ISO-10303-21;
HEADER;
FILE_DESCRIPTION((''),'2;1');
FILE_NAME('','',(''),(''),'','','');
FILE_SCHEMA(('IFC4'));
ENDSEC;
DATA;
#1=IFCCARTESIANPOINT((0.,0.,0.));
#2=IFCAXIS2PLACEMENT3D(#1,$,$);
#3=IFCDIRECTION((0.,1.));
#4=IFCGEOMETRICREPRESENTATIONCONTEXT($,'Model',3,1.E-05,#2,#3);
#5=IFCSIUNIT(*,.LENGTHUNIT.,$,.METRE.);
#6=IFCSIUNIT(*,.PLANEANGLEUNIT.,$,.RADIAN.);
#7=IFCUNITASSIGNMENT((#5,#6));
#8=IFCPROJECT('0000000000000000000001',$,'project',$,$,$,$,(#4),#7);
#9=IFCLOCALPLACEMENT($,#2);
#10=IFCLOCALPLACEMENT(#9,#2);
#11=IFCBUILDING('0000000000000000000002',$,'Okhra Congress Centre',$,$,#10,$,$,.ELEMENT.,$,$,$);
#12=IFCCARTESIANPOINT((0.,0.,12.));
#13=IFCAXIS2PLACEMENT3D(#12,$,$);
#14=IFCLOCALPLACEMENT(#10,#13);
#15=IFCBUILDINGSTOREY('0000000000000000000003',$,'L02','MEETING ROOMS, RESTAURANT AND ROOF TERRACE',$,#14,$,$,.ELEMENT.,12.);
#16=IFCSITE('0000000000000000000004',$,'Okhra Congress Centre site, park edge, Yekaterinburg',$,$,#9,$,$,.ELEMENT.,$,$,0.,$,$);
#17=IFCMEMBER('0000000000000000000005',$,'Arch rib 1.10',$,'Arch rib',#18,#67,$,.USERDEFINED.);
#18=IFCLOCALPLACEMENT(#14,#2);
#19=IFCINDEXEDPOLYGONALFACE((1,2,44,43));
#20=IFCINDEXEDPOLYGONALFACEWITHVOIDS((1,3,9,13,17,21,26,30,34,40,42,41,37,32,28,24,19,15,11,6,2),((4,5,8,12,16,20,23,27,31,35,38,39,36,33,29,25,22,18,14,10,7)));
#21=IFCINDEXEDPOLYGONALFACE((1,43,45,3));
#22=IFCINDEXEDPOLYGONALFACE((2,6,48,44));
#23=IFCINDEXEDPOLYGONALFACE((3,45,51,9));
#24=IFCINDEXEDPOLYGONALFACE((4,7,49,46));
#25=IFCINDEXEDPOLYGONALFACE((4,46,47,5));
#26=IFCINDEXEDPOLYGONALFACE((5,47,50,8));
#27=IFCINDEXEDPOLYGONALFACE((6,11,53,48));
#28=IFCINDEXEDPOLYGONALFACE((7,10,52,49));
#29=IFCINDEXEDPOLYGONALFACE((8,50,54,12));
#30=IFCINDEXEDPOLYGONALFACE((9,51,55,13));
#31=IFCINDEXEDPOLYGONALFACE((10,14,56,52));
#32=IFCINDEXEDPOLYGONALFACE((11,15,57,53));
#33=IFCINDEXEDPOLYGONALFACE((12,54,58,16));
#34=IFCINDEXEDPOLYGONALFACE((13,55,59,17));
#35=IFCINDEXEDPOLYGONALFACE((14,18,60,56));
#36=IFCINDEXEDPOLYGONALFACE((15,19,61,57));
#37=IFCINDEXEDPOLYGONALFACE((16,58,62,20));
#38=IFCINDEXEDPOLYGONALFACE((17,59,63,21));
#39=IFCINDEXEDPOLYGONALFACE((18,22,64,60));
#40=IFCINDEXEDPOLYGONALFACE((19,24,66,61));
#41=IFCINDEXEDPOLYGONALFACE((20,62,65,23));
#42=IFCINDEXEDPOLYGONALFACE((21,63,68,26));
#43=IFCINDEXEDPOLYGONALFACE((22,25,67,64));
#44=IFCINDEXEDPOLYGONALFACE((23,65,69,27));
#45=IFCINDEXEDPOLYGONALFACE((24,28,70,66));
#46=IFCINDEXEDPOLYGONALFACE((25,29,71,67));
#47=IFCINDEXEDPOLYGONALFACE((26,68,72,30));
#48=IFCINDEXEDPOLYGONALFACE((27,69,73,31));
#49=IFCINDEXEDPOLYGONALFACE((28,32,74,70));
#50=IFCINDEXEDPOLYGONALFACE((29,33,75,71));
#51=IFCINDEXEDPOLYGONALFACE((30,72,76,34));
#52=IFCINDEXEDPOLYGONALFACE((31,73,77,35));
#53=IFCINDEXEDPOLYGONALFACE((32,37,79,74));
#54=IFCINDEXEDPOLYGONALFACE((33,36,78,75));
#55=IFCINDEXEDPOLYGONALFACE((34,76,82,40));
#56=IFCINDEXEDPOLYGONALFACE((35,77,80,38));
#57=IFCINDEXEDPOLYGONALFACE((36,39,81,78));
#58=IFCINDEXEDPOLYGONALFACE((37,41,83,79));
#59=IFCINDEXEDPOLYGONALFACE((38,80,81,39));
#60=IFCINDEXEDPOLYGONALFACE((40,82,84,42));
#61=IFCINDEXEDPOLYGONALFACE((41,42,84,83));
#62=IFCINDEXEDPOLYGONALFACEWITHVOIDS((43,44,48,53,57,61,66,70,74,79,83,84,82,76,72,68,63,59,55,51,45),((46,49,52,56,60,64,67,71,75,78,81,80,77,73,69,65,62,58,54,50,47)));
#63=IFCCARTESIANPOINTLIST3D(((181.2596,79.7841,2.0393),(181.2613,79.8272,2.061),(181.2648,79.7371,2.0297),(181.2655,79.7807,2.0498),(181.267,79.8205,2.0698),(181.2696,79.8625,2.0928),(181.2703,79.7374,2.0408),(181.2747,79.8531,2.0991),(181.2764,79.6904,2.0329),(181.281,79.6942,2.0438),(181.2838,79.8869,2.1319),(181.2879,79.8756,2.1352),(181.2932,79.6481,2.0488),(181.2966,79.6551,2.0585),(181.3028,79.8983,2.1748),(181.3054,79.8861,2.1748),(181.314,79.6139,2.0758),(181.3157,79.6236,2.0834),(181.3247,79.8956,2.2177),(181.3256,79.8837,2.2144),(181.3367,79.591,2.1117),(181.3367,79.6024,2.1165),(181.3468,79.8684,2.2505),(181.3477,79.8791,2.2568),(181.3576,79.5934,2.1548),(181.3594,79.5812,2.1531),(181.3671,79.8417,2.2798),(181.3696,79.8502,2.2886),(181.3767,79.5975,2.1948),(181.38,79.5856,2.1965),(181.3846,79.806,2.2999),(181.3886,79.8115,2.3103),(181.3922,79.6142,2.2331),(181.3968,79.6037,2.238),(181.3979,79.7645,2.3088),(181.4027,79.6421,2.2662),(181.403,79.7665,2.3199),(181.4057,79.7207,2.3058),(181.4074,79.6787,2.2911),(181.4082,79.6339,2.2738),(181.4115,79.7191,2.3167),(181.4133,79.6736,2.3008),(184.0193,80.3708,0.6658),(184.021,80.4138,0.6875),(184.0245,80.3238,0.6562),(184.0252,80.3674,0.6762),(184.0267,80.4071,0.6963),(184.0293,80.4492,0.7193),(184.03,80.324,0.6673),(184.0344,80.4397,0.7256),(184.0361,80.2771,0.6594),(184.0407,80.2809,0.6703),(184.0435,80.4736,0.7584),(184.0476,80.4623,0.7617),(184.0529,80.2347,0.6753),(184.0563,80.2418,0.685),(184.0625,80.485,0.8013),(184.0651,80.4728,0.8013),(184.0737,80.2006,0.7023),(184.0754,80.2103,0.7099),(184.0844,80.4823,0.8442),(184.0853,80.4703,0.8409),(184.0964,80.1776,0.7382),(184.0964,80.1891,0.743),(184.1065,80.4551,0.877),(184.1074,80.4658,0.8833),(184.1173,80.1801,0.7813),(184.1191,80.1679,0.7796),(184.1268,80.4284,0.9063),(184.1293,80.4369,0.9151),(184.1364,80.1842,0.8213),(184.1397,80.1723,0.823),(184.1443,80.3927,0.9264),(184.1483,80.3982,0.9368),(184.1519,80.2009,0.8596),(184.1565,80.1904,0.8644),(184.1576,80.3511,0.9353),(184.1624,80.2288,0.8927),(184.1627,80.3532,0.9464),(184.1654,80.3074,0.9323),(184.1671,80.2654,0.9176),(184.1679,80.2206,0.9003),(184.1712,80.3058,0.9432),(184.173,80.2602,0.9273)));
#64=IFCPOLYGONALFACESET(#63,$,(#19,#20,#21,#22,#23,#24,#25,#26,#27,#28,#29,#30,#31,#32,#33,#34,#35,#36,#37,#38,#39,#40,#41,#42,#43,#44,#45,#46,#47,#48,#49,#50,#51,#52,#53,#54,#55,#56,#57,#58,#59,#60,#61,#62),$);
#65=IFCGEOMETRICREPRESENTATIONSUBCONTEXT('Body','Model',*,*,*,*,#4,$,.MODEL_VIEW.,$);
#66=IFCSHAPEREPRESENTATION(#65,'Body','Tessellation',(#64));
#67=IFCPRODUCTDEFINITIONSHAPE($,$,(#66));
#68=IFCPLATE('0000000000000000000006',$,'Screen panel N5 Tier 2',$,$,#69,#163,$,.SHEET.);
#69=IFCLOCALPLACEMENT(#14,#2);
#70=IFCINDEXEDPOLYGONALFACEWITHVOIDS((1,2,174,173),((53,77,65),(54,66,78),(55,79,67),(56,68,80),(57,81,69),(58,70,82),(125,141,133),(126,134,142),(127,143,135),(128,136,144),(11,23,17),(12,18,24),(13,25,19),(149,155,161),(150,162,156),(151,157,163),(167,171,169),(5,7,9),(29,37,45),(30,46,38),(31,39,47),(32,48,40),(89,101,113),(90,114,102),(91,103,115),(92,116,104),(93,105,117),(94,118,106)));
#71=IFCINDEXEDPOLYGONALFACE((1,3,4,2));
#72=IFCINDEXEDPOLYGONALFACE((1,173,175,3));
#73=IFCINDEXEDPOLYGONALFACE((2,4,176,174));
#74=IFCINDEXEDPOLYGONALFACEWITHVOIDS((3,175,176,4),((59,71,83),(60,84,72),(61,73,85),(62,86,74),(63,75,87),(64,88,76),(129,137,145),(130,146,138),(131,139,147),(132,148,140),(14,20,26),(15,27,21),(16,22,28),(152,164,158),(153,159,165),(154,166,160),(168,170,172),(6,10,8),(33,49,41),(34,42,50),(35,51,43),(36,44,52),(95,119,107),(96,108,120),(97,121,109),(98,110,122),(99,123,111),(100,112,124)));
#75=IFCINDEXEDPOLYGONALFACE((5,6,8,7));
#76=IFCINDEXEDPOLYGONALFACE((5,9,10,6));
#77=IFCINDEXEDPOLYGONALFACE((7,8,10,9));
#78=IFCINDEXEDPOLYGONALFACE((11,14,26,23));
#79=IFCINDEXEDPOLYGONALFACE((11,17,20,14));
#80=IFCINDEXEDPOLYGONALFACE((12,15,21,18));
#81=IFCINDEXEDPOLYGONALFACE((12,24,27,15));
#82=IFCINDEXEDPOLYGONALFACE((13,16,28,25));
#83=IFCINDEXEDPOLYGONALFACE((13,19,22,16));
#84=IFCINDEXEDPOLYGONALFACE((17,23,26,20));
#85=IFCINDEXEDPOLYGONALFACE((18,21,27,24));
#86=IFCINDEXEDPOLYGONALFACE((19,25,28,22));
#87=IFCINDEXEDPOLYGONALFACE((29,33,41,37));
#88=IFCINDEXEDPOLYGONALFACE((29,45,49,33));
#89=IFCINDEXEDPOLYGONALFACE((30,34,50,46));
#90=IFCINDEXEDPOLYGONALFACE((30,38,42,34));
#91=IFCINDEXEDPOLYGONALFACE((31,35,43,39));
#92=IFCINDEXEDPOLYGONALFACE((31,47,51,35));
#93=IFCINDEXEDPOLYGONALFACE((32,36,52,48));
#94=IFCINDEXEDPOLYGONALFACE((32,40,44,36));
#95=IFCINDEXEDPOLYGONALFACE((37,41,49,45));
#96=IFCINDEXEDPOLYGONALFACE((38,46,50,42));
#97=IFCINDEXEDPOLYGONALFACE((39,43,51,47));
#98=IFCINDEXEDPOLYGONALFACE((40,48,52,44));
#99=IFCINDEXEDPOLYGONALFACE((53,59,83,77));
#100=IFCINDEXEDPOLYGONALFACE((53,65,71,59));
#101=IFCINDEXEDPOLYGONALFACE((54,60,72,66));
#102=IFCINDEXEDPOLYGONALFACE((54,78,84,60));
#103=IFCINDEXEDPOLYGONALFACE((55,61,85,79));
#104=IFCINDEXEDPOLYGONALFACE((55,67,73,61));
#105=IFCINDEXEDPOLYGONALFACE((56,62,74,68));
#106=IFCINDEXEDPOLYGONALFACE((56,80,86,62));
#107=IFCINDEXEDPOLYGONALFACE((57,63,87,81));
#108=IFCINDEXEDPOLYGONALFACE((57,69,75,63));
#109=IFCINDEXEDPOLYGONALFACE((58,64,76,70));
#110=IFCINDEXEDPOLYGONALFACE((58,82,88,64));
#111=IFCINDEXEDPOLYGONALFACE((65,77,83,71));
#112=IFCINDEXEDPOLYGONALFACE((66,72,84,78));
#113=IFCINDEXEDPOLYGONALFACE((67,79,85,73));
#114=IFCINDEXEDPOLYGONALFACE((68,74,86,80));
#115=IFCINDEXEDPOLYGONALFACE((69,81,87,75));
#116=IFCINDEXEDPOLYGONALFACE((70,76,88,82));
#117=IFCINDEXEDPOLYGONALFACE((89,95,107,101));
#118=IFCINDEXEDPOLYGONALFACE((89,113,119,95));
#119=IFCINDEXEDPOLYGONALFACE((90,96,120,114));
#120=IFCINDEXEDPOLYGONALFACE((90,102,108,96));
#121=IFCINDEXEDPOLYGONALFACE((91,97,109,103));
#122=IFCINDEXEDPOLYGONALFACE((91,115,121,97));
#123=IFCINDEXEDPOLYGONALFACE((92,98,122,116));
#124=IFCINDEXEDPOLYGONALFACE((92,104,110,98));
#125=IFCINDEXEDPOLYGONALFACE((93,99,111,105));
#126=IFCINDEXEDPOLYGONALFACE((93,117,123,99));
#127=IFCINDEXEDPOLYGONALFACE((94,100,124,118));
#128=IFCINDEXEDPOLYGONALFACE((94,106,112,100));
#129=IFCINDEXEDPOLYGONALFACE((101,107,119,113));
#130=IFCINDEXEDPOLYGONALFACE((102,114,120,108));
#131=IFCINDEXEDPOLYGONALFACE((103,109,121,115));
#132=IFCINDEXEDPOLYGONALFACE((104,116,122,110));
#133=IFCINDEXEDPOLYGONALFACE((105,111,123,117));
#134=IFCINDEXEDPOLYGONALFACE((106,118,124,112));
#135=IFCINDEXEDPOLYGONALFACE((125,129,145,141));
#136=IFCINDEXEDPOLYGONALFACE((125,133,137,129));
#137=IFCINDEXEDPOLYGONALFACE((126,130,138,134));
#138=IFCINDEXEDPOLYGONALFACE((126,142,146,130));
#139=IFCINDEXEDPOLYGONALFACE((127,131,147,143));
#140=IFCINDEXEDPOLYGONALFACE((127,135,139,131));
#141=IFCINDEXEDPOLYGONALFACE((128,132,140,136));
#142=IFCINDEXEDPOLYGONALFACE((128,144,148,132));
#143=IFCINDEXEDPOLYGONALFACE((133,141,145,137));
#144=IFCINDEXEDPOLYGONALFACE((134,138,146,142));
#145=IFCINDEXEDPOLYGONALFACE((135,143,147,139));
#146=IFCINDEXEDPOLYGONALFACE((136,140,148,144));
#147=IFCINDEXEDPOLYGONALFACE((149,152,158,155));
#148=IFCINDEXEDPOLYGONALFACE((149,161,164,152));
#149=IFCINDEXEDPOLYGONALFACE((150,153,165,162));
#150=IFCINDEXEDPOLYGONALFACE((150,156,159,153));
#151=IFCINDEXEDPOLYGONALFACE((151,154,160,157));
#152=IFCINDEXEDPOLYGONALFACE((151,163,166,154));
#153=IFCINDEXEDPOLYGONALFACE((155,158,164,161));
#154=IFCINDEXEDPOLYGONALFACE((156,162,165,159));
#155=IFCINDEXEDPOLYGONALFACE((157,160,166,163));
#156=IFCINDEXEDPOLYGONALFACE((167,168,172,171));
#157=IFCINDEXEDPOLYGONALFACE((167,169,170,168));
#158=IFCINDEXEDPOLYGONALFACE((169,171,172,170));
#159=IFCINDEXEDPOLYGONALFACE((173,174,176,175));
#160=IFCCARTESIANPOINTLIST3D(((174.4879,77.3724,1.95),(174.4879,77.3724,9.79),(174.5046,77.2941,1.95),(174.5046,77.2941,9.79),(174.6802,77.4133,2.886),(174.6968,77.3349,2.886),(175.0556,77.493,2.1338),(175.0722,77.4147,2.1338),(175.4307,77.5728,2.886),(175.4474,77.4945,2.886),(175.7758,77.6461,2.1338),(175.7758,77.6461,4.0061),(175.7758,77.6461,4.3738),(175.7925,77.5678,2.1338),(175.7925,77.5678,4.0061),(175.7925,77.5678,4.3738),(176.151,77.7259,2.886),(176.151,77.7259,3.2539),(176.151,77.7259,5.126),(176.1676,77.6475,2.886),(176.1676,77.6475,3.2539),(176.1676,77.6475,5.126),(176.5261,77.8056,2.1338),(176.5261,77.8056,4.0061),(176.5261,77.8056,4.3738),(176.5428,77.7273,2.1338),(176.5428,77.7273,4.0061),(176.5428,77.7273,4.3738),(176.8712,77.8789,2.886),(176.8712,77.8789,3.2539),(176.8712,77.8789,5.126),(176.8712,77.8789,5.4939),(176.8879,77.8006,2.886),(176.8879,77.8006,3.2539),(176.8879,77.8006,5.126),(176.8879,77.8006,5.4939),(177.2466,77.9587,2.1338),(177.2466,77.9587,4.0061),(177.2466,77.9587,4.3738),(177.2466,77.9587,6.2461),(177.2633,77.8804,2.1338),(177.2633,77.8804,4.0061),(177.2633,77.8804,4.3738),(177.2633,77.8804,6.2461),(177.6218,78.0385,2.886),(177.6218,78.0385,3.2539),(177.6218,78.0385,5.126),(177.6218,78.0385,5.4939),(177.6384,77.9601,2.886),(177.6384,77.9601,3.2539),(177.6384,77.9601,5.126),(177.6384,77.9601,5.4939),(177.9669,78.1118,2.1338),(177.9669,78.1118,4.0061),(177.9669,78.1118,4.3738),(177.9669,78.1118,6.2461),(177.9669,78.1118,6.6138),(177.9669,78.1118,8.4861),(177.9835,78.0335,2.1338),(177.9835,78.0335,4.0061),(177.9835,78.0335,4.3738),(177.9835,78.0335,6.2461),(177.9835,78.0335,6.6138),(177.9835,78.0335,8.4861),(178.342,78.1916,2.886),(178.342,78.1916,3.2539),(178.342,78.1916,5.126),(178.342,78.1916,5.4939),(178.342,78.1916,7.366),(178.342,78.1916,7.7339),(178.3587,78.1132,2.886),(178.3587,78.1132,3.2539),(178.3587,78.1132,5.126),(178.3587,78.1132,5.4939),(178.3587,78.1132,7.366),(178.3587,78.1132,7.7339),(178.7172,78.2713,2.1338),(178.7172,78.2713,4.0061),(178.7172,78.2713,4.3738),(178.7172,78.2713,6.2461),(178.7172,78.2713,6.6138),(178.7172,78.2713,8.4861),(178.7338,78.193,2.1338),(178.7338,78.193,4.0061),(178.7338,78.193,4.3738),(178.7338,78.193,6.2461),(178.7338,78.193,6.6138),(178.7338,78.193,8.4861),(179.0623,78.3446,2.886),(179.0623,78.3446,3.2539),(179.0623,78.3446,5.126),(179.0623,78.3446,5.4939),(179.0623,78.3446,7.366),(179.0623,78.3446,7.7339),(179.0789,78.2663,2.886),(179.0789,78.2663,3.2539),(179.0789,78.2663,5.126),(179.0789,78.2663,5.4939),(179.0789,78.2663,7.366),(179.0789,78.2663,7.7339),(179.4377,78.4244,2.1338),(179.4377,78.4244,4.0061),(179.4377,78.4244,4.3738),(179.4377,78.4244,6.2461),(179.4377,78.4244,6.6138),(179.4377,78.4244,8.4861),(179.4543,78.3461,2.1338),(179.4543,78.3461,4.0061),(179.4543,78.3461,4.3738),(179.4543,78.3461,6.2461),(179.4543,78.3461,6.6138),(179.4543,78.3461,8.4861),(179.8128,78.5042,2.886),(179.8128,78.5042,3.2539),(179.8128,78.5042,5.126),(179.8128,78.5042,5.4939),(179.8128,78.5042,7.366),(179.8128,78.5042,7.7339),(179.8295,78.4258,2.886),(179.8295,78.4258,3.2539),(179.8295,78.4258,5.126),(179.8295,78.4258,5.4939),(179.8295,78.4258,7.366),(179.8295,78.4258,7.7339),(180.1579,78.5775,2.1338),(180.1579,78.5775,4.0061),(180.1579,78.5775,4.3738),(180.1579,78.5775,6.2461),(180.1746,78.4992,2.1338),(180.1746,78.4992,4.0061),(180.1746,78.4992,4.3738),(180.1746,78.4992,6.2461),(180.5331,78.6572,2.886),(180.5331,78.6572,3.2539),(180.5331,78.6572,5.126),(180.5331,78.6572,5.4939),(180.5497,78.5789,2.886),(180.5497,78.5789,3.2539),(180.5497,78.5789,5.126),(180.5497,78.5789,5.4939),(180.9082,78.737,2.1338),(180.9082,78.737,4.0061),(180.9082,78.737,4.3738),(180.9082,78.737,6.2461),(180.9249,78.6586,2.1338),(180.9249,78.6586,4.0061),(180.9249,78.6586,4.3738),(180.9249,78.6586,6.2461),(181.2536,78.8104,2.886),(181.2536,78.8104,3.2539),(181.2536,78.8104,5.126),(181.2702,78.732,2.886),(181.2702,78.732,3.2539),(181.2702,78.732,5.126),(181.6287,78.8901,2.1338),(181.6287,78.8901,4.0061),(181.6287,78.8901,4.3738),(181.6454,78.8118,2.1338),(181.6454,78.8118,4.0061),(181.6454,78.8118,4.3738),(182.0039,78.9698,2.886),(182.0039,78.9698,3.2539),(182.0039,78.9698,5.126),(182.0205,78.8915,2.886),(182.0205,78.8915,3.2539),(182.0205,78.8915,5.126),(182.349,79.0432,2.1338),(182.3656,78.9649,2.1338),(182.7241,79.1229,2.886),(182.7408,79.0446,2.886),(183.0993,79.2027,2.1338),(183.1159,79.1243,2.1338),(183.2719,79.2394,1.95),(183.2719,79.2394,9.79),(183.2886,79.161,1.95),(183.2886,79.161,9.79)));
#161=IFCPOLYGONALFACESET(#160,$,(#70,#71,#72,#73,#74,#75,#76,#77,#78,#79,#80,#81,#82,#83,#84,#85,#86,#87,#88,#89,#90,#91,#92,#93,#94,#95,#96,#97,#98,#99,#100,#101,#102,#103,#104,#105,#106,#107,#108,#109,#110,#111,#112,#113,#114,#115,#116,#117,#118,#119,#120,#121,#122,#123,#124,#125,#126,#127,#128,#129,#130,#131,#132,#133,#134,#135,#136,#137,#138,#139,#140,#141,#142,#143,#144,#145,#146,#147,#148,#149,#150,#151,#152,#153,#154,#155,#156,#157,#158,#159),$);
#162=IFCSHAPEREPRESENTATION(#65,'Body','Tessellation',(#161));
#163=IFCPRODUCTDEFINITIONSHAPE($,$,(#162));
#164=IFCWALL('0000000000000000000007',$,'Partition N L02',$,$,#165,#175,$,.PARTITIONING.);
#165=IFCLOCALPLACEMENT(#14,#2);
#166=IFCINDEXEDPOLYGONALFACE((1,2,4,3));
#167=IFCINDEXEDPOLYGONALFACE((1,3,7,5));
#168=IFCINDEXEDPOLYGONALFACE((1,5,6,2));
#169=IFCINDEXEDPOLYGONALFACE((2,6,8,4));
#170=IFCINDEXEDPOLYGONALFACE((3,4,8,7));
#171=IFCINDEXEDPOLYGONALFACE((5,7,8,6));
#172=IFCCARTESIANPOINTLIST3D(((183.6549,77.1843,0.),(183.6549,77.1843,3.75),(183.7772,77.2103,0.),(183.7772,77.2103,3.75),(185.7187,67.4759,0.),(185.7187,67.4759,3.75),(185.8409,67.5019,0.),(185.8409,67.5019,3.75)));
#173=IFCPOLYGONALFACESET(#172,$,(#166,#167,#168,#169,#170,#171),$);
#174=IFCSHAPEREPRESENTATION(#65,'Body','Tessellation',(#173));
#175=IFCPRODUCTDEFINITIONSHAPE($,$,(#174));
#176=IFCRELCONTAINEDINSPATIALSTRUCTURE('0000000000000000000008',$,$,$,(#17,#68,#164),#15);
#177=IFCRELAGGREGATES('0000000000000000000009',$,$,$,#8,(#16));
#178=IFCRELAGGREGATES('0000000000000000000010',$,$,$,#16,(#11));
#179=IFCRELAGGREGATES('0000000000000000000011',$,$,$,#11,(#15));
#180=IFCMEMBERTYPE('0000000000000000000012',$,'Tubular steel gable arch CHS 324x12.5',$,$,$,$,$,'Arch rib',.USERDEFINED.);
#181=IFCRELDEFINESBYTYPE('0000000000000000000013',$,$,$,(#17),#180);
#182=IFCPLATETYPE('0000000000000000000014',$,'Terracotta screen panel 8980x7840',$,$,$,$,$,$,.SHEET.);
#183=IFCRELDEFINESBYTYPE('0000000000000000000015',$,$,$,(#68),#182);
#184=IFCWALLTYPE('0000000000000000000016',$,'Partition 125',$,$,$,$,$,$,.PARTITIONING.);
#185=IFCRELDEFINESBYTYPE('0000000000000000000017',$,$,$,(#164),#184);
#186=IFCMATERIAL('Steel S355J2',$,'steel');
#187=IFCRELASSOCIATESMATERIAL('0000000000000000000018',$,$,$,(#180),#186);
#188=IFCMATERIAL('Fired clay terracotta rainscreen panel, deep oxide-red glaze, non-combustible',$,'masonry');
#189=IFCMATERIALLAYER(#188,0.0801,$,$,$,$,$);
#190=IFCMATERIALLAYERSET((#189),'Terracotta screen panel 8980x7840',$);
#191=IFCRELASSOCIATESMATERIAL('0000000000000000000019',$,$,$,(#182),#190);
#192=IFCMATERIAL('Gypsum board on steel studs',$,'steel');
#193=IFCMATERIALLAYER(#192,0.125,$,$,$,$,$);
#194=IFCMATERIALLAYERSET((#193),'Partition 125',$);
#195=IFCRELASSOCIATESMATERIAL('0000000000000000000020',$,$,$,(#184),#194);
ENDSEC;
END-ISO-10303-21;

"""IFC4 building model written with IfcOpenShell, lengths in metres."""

from ifc_helpers import new_model, si_unit, direction, frame, frame_2d, origin, origin_2d, place, context, subcontext, project, spatial, polyline, rectangle, hollow_circle, outline, extrude, material, layer, layer_set, material_profile, profile_set, type_object, element, save


model = new_model("IFC4")

# Units and contexts
model_context = context("Model", 3, precision=1e-05, world=origin(), true_north=direction((0.0, 1.0)))
body_context = subcontext(model_context, "Body", "Model", "MODEL_VIEW")
ifc_project = project(units=[si_unit("LENGTHUNIT", "METRE"), si_unit("PLANEANGLEUNIT", "RADIAN")], contexts=[model_context])

# Site, building, storey
site_placement = place(None, origin())
site = spatial("IfcSite", under=ifc_project, at=site_placement, Name="Okhra Congress Centre site, park edge, Yekaterinburg", CompositionType="ELEMENT", RefElevation=0.0)
building_placement = place(site_placement, origin())
building = spatial("IfcBuilding", under=site, at=building_placement, Name="Okhra Congress Centre", CompositionType="ELEMENT")
storey_placement = place(building_placement, frame((0.0, 0.0, 12.0)))
storey = spatial("IfcBuildingStorey", under=building, at=storey_placement, Name="L02", Description="MEETING ROOMS, RESTAURANT AND ROOF TERRACE", CompositionType="ELEMENT", Elevation=12.0)

# Shared definitions
ifc_material_1 = material(Name="Steel S355J2", Category="steel")

# Member
ifc_material_profile_1 = material_profile(ifc_material_1, hollow_circle(Radius=0.1619, WallThickness=0.0125, at=origin_2d()), Name="CHS 323.9x12.5")
ifc_profile_set_1 = profile_set([ifc_material_profile_1], Name="Steel S355J2")
member_type_1 = type_object("IfcMemberType", Name="Tubular steel gable arch CHS 324x12.5", ElementType="Arch rib", PredefinedType="USERDEFINED", material=ifc_profile_set_1)
member_1_placement = place(storey_placement, frame((181.3364, 79.74, 2.1748), z_axis=(0.879465, 0.186956, -0.437709), x_axis=(-0.207933, 0.978143, 0.0)))
element("IfcMember", 1, at=member_1_placement, inside=storey, type_object=member_type_1, Name="Arch rib 1.10", ObjectType="Arch rib", PredefinedType="USERDEFINED", context=body_context, shape_type="SweptSolid", body=[
    extrude(hollow_circle(Radius=0.1619, WallThickness=0.0125, at=origin_2d()), origin(), (0.0, 0.0, 1.0), 3.1379),
])

# Plate
ifc_material_2 = material(Name="Fired clay terracotta rainscreen panel, deep oxide-red glaze, non-combustible", Category="masonry")
ifc_layer_1 = layer(ifc_material_2, 0.0801)
ifc_layer_set_1 = layer_set([ifc_layer_1], Name="Terracotta screen panel 8980x7840")
plate_type = type_object("IfcPlateType", Name="Terracotta screen panel 8980x7840", PredefinedType="SHEET", material=ifc_layer_set_1)
plate_placement = place(storey_placement, frame((183.2803, 79.2002, 1.95), z_axis=(0.0, 0.0, 1.0), x_axis=(-0.978151, -0.207897, 0.0)))
element("IfcPlate", 2, at=plate_placement, inside=storey, type_object=plate_type, Name="Screen panel N5 Tier 2", PredefinedType="SHEET", context=body_context, shape_type="SweptSolid", body=[
    extrude(outline(polyline([(0.0, 0.0), (8.9802, 0.0), (8.9802, 7.8401), (0.0, 7.8401), (0.0, 0.0)]), holes=[polyline([(0.1765, 0.1838), (0.9436, 0.1838), (0.5601, 0.936), (0.1765, 0.1838)]), polyline([(1.2964, 0.936), (1.6799, 0.1838), (2.0635, 0.936), (1.2964, 0.936)]), polyline([(2.4165, 0.1838), (3.1836, 0.1838), (2.8, 0.936), (2.4165, 0.1838)]), polyline([(3.5364, 0.936), (3.9199, 0.1838), (4.3037, 0.936), (3.5364, 0.936)]), polyline([(4.6565, 0.1838), (5.4236, 0.1838), (5.04, 0.936), (4.6565, 0.1838)]), polyline([(5.7764, 0.936), (6.1599, 0.1838), (6.5437, 0.936), (5.7764, 0.936)]), polyline([(6.8965, 0.1838), (7.6636, 0.1838), (7.28, 0.936), (6.8965, 0.1838)]), polyline([(8.0164, 0.936), (8.3999, 0.1838), (8.7837, 0.936), (8.0164, 0.936)]), polyline([(1.2964, 1.304), (2.0635, 1.304), (1.6799, 2.0562), (1.2964, 1.304)]), polyline([(2.4165, 2.0562), (2.8, 1.304), (3.1836, 2.0562), (2.4165, 2.0562)]), polyline([(3.5364, 1.304), (4.3037, 1.304), (3.9199, 2.0562), (3.5364, 1.304)]), polyline([(4.6565, 2.0562), (5.04, 1.304), (5.4236, 2.0562), (4.6565, 2.0562)]), polyline([(5.7764, 1.304), (6.5437, 1.304), (6.1599, 2.0562), (5.7764, 1.304)]), polyline([(6.8965, 2.0562), (7.28, 1.304), (7.6636, 2.0562), (6.8965, 2.0562)]), polyline([(1.2964, 3.176), (1.6799, 2.4238), (2.0635, 3.176), (1.2964, 3.176)]), polyline([(2.4165, 2.4238), (3.1836, 2.4238), (2.8, 3.176), (2.4165, 2.4238)]), polyline([(3.5364, 3.176), (3.9199, 2.4238), (4.3037, 3.176), (3.5364, 3.176)]), polyline([(4.6565, 2.4238), (5.4236, 2.4238), (5.04, 3.176), (4.6565, 2.4238)]), polyline([(5.7764, 3.176), (6.1599, 2.4238), (6.5437, 3.176), (5.7764, 3.176)]), polyline([(6.8965, 2.4238), (7.6636, 2.4238), (7.28, 3.176), (6.8965, 2.4238)]), polyline([(2.4165, 4.2961), (2.8, 3.5439), (3.1836, 4.2961), (2.4165, 4.2961)]), polyline([(3.5364, 3.5439), (4.3037, 3.5439), (3.9199, 4.2961), (3.5364, 3.5439)]), polyline([(4.6565, 4.2961), (5.04, 3.5439), (5.4236, 4.2961), (4.6565, 4.2961)]), polyline([(5.7764, 3.5439), (6.5437, 3.5439), (6.1599, 4.2961), (5.7764, 3.5439)]), polyline([(3.5364, 5.416), (3.9199, 4.6638), (4.3037, 5.416), (3.5364, 5.416)]), polyline([(4.6565, 4.6638), (5.4236, 4.6638), (5.04, 5.416), (4.6565, 4.6638)]), polyline([(3.5364, 5.7839), (4.3037, 5.7839), (3.9199, 6.5361), (3.5364, 5.7839)]), polyline([(4.6565, 6.5361), (5.04, 5.7839), (5.4236, 6.5361), (4.6565, 6.5361)])]), frame((0.0, 0.04, 0.0), z_axis=(0.0, -1.0, 0.0), x_axis=(1.0, 0.0, 0.0)), (0.0, 0.0, 1.0), 0.0801),
])

# Wall
ifc_material_3 = material(Name="Gypsum board on steel studs", Category="steel")
ifc_layer_2 = layer(ifc_material_3, 0.125)
ifc_layer_set_2 = layer_set([ifc_layer_2], Name="Partition 125")
wall_type_1 = type_object("IfcWallType", Name="Partition 125", PredefinedType="PARTITIONING", material=ifc_layer_set_2)
wall_1_placement = place(storey_placement, frame((183.7161, 77.1973, 0.0), z_axis=(0.0, 0.0, 1.0), x_axis=(0.207928, -0.978144, 0.0)))
element("IfcWall", 3, at=wall_1_placement, inside=storey, type_object=wall_type_1, Name="Partition N L02", PredefinedType="PARTITIONING", context=body_context, shape_type="SweptSolid", body=[
    extrude(rectangle(XDim=9.9253, YDim=0.125, at=frame_2d((4.9626, 0.0))), origin(), (0.0, 0.0, 1.0), 3.75),
])

save(model, "model.ifc")
